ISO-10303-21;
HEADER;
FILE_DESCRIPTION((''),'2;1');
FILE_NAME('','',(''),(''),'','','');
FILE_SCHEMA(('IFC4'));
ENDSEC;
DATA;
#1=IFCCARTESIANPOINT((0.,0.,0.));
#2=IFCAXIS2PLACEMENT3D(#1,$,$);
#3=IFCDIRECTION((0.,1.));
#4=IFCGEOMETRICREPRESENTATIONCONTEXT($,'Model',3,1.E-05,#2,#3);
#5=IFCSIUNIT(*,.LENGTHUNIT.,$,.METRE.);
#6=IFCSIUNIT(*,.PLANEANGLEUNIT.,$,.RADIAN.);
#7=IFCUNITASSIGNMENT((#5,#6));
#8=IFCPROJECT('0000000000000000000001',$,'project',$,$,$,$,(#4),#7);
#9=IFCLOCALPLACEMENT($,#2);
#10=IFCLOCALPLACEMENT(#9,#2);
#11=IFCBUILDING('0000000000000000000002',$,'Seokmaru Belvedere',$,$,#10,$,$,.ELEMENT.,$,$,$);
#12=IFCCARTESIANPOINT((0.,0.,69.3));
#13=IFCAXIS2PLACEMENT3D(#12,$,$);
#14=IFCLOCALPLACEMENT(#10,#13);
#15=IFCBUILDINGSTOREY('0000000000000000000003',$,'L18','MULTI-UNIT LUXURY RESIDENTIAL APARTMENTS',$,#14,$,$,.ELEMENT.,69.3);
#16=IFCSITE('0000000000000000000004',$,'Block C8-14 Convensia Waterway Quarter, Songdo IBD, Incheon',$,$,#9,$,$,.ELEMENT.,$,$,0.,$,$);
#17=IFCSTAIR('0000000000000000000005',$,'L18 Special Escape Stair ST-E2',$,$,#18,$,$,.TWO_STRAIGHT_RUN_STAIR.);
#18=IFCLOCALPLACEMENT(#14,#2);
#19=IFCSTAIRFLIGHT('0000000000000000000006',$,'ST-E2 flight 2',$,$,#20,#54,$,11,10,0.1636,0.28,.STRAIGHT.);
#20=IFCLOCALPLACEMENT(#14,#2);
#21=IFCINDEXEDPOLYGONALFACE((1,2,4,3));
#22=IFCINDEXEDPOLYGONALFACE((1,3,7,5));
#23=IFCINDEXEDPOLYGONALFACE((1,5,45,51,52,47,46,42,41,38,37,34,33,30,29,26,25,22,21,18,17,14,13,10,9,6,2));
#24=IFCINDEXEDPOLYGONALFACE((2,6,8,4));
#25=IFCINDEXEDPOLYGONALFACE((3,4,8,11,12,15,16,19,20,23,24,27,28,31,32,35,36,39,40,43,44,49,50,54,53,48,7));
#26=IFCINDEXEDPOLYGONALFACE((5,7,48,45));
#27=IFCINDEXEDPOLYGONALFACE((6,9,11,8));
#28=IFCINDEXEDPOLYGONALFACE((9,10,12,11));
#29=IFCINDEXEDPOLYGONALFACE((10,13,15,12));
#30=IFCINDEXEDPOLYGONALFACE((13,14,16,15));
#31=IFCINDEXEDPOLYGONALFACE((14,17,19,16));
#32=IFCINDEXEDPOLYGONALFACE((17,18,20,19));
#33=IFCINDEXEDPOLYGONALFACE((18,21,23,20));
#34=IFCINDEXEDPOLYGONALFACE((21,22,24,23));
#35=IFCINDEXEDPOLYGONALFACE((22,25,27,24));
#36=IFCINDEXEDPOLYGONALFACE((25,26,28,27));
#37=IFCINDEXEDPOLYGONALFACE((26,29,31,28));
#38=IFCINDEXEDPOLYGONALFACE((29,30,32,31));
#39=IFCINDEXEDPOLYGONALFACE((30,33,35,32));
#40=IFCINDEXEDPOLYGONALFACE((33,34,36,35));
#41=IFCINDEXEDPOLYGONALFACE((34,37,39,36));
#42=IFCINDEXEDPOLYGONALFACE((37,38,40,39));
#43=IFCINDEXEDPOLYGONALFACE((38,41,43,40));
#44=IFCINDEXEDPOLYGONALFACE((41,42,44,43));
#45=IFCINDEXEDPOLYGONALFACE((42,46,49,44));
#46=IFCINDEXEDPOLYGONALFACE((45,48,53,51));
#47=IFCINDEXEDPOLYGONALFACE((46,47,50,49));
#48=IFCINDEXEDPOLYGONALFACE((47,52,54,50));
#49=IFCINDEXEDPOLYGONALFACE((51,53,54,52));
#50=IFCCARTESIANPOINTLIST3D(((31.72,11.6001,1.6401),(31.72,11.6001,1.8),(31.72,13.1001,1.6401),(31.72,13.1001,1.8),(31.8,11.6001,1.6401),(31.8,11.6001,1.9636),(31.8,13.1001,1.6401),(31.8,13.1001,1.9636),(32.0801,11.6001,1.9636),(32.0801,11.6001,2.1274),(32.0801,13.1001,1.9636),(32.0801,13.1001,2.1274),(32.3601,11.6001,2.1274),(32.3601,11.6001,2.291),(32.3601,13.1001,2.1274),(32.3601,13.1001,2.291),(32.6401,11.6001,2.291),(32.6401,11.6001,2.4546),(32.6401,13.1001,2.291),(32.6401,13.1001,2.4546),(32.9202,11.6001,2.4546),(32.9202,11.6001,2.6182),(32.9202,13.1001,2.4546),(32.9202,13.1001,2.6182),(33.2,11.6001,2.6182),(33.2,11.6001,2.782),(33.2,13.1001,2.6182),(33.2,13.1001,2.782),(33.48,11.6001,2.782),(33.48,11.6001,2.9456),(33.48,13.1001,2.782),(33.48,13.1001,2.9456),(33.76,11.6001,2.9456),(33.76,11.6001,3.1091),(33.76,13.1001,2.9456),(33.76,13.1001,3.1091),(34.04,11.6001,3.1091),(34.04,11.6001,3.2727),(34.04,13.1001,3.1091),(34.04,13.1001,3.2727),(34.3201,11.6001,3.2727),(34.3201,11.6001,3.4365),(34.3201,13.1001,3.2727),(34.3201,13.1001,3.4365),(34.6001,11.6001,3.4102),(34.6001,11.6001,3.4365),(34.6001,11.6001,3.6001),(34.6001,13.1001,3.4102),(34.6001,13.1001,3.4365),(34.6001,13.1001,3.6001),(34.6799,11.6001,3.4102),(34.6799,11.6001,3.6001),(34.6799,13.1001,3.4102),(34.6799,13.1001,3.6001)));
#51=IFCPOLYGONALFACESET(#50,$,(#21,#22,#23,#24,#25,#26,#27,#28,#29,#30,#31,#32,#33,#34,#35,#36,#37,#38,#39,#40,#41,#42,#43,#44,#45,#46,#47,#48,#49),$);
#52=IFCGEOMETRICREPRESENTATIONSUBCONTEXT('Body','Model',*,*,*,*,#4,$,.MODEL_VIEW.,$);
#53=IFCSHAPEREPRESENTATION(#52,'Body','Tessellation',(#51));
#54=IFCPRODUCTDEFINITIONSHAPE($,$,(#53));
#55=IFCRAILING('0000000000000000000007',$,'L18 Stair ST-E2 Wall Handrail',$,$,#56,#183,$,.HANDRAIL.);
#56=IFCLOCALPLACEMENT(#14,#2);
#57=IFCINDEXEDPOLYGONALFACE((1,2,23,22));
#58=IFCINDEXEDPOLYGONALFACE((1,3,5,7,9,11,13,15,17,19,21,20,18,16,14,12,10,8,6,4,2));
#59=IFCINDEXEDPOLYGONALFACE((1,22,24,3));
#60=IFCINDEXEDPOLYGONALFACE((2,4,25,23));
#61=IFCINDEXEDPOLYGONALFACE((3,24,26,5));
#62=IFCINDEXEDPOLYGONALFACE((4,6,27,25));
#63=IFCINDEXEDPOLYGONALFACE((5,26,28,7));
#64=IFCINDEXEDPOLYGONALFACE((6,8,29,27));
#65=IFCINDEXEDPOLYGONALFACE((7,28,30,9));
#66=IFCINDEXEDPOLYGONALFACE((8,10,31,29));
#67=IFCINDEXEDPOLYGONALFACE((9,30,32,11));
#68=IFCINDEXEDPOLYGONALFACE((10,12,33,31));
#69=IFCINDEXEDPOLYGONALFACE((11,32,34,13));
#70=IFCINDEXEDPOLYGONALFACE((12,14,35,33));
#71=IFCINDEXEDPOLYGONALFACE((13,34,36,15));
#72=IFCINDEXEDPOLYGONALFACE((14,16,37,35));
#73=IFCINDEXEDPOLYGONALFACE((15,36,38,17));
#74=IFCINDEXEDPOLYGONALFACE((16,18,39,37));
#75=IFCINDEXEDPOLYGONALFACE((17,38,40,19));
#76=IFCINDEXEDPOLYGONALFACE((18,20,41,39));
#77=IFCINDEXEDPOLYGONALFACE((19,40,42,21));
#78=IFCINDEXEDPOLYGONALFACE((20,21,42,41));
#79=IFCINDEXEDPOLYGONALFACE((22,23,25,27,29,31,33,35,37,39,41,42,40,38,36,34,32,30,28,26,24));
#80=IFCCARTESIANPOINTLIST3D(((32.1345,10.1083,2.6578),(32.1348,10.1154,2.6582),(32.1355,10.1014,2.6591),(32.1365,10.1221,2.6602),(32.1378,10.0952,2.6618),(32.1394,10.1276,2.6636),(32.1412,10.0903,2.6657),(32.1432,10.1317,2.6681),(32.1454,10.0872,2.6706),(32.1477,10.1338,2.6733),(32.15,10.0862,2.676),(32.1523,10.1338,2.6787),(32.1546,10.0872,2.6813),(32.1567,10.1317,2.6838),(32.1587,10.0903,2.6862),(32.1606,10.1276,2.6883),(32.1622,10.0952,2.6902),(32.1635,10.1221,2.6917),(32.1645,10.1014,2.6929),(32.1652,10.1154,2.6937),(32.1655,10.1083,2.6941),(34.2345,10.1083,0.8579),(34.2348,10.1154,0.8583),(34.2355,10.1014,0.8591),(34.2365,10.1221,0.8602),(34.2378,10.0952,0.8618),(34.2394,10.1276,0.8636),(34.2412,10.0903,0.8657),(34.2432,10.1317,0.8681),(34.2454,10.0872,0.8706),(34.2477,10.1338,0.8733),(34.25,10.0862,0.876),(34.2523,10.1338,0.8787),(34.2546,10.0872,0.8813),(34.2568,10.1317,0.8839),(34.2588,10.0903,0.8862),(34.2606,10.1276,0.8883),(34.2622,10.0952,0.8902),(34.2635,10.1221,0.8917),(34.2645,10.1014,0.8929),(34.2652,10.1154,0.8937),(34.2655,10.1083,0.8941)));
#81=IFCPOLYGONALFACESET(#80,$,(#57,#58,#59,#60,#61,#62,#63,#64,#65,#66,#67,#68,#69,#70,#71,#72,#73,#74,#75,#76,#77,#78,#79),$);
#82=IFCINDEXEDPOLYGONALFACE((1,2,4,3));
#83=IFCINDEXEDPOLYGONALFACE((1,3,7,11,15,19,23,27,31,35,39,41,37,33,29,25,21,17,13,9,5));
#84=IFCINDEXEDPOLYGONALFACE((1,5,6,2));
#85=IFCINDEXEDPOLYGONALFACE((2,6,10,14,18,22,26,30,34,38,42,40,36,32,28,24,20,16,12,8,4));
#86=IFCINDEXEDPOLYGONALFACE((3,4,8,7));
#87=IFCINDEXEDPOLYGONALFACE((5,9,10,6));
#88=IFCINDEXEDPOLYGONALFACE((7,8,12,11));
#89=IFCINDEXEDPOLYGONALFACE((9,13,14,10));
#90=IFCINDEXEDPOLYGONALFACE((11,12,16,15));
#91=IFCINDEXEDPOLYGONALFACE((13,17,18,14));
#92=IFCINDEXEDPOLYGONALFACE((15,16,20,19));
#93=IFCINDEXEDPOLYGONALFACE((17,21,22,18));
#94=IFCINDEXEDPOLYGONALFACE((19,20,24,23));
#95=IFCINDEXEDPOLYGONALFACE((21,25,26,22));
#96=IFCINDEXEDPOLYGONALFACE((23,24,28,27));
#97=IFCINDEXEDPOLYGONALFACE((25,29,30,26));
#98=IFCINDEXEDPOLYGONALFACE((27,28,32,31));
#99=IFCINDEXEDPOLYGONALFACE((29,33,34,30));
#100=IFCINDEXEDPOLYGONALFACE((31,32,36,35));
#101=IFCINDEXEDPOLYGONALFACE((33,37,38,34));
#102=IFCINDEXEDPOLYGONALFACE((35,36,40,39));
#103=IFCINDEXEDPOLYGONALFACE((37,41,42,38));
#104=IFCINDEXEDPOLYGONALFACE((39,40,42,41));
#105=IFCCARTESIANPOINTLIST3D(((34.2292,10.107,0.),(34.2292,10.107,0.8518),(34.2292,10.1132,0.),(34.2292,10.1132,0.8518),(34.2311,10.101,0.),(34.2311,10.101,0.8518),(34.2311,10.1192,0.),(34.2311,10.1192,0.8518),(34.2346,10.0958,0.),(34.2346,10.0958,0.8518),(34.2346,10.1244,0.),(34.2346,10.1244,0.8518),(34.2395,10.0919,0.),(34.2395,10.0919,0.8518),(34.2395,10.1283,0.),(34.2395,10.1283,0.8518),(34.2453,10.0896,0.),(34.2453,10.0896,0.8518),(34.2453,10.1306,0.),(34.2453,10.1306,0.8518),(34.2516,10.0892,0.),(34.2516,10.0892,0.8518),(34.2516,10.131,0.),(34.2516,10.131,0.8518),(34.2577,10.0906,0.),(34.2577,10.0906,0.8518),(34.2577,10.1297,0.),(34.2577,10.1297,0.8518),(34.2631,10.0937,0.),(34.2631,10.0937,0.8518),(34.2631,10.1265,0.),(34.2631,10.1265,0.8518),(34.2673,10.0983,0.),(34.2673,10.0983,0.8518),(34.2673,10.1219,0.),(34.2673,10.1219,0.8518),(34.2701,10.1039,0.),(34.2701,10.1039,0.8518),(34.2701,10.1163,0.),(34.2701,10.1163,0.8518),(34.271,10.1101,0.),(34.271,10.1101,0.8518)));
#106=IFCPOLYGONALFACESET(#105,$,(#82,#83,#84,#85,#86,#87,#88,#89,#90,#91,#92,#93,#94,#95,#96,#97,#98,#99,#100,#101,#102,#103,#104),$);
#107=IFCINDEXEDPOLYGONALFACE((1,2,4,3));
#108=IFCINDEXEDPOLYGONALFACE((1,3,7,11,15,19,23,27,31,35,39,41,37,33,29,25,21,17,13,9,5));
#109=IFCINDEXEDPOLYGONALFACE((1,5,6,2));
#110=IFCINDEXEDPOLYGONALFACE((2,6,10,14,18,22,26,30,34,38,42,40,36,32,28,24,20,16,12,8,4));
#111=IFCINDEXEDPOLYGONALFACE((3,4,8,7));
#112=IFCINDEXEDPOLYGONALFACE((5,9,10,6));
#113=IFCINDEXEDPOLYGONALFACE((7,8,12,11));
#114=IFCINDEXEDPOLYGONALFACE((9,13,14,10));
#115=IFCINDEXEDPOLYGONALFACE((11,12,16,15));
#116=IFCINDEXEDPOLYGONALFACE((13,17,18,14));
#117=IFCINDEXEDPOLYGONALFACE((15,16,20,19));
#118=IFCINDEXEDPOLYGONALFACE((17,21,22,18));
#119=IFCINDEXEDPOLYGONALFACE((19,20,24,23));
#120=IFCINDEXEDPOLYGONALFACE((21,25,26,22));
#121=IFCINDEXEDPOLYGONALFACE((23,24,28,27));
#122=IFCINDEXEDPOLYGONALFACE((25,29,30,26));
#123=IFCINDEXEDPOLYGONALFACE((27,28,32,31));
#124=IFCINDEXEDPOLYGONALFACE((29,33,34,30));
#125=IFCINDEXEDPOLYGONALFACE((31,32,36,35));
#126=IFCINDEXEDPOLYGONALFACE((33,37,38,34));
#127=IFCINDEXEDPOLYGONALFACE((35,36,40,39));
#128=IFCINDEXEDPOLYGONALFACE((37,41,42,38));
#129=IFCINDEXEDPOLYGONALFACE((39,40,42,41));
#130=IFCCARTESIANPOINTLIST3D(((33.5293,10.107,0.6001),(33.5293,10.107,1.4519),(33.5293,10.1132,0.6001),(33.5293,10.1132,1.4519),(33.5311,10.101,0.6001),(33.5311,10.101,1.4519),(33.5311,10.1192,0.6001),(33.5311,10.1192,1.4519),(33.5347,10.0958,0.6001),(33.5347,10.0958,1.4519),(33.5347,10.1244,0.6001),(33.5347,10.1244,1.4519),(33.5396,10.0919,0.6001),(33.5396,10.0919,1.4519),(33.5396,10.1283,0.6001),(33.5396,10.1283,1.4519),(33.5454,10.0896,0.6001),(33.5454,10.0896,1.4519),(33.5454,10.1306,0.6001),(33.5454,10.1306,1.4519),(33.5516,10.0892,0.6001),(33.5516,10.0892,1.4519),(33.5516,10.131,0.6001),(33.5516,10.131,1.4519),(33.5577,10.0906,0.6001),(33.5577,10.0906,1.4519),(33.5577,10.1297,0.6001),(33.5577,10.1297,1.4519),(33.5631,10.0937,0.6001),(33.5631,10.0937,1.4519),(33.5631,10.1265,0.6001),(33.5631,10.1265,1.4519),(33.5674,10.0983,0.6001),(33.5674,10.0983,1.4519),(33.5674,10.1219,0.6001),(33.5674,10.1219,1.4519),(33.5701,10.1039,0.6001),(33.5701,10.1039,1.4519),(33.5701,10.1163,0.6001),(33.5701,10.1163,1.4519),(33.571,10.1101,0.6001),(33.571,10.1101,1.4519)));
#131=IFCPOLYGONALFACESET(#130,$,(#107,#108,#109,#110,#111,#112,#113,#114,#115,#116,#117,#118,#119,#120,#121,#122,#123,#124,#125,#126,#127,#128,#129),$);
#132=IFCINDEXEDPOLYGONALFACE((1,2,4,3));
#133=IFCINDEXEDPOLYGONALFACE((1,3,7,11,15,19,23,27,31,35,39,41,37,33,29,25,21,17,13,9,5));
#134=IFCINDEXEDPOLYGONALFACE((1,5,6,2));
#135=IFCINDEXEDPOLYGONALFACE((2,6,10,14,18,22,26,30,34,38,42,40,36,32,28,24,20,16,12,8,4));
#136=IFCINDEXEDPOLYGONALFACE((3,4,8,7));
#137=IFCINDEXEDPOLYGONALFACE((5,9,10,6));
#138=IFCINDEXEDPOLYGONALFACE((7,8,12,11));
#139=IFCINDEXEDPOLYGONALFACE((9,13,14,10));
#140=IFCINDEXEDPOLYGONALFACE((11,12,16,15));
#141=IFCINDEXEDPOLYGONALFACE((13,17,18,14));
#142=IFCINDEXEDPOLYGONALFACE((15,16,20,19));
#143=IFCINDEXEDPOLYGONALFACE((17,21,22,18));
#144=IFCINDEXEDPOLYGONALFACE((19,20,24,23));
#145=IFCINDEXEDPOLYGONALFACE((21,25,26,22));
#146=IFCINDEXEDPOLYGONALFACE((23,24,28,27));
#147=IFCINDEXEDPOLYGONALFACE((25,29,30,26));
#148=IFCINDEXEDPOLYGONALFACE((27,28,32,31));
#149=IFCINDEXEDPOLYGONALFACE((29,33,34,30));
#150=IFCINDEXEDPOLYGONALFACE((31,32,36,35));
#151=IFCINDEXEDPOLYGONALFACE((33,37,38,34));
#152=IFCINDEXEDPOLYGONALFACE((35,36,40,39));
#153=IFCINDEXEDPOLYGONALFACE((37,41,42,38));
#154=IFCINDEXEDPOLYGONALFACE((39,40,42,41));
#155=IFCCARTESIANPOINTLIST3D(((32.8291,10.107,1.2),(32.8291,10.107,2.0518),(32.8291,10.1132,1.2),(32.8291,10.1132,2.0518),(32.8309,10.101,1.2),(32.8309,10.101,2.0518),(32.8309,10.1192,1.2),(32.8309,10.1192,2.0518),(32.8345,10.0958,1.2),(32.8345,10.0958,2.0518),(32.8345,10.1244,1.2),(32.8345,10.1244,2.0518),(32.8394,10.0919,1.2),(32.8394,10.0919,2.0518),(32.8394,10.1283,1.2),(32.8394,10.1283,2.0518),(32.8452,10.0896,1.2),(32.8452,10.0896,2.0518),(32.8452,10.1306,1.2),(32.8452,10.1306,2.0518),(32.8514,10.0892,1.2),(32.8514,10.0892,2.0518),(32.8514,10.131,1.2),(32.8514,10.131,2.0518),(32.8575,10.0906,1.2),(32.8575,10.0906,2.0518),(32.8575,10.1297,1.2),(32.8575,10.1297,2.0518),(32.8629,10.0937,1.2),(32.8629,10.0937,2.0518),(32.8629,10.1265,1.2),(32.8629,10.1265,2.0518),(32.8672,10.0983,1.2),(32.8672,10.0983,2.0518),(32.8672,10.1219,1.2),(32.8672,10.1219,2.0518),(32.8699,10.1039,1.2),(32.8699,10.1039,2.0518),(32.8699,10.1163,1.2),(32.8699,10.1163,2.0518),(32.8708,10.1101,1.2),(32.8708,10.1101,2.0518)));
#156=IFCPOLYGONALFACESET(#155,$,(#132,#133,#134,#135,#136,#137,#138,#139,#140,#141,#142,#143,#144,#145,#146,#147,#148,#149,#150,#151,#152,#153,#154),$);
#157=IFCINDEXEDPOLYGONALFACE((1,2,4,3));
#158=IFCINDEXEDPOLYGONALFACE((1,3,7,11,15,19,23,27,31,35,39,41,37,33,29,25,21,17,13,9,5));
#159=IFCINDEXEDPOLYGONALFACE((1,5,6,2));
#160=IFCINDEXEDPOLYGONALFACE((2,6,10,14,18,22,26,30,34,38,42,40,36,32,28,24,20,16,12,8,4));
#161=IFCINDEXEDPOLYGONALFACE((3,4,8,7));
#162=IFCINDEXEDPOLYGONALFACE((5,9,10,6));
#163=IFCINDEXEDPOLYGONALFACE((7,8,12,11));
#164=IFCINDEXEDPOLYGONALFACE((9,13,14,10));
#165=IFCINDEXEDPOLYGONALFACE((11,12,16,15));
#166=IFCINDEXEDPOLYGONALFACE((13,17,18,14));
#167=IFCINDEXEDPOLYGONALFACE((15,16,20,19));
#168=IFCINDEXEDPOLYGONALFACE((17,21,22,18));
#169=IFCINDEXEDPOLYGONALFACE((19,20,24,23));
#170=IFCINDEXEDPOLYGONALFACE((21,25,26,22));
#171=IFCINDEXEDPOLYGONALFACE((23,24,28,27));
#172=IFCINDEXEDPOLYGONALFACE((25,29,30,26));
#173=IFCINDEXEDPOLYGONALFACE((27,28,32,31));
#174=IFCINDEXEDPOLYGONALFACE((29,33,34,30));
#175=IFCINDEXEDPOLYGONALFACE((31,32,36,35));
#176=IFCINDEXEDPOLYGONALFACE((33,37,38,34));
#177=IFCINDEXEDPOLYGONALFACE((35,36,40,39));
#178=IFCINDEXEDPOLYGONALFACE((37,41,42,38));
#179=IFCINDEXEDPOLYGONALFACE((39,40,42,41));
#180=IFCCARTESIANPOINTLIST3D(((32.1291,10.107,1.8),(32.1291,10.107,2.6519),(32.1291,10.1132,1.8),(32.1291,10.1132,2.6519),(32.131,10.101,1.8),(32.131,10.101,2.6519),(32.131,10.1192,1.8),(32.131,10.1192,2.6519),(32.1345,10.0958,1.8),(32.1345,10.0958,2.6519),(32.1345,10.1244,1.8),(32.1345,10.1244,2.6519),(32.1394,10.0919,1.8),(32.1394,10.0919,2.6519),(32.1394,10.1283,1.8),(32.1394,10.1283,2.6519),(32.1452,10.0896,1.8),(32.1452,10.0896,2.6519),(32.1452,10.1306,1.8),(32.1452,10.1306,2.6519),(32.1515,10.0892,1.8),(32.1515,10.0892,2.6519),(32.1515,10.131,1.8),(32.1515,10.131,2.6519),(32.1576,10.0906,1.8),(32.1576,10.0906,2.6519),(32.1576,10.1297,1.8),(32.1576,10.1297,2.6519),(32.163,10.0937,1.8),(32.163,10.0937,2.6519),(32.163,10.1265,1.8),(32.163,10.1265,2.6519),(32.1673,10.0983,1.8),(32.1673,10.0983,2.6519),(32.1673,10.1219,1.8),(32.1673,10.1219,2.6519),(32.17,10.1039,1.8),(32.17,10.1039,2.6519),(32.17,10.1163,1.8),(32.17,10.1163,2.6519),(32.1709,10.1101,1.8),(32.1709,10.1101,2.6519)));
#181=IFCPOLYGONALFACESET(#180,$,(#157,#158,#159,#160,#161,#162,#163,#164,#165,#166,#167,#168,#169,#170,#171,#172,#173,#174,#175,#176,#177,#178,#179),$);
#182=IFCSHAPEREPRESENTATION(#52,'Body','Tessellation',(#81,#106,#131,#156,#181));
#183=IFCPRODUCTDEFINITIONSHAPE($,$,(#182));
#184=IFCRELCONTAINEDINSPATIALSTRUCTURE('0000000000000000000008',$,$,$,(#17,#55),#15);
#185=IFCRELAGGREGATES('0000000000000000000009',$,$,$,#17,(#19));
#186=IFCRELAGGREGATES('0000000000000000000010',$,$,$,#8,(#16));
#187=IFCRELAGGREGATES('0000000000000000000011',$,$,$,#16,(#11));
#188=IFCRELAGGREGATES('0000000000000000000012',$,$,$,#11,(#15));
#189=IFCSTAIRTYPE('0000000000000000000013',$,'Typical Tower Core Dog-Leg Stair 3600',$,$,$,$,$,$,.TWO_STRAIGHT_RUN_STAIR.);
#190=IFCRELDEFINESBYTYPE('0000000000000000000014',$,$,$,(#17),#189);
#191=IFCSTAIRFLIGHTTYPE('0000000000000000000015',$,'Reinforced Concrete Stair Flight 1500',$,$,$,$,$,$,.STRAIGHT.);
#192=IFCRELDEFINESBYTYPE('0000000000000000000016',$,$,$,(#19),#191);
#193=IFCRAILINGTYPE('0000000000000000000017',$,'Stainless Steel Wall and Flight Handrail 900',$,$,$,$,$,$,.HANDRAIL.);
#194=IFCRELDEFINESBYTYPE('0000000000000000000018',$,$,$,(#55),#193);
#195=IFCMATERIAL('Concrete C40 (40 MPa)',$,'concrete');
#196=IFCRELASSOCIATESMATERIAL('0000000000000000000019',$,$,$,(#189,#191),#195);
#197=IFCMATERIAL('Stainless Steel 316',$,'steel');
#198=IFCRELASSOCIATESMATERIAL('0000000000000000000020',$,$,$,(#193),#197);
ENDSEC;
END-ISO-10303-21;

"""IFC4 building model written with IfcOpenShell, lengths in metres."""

from ifc_helpers import new_model, si_unit, direction, frame, origin, origin_2d, place, context, subcontext, project, spatial, polyline, circle, outline, extrude, material, type_object, element, aggregate, save


model = new_model("IFC4")

# Units and contexts
model_context = context("Model", 3, precision=1e-05, world=origin(), true_north=direction((0.0, 1.0)))
body_context = subcontext(model_context, "Body", "Model", "MODEL_VIEW")
ifc_project = project(units=[si_unit("LENGTHUNIT", "METRE"), si_unit("PLANEANGLEUNIT", "RADIAN")], contexts=[model_context])

# Site, building, storey
site_placement = place(None, origin())
site = spatial("IfcSite", under=ifc_project, at=site_placement, Name="Block C8-14 Convensia Waterway Quarter, Songdo IBD, Incheon", CompositionType="ELEMENT", RefElevation=0.0)
building_placement = place(site_placement, origin())
building = spatial("IfcBuilding", under=site, at=building_placement, Name="Seokmaru Belvedere", CompositionType="ELEMENT")
storey_placement = place(building_placement, frame((0.0, 0.0, 69.3)))
storey = spatial("IfcBuildingStorey", under=building, at=storey_placement, Name="L18", Description="MULTI-UNIT LUXURY RESIDENTIAL APARTMENTS", CompositionType="ELEMENT", Elevation=69.3)

# Stair, stair flight
ifc_material_1 = material(Name="Concrete C40 (40 MPa)", Category="concrete")
stair_type = type_object("IfcStairType", Name="Typical Tower Core Dog-Leg Stair 3600", PredefinedType="TWO_STRAIGHT_RUN_STAIR", material=ifc_material_1)
stair_placement = place(storey_placement, origin())
stair = element("IfcStair", 1, at=stair_placement, inside=storey, type_object=stair_type, Name="L18 Special Escape Stair ST-E2", PredefinedType="TWO_STRAIGHT_RUN_STAIR")
stair_flight_type = type_object("IfcStairFlightType", Name="Reinforced Concrete Stair Flight 1500", PredefinedType="STRAIGHT", material=ifc_material_1)
stair_flight_1_placement = place(storey_placement, frame((31.8, 12.3501, 1.8), z_axis=(0.0, 0.0, 1.0), x_axis=(1.0, 0.0, 0.0)))
stair_flight_1 = element("IfcStairFlight", 2, at=stair_flight_1_placement, type_object=stair_flight_type, Name="ST-E2 flight 2", NumberOfRisers=11, NumberOfTreads=10, PredefinedType="STRAIGHT", RiserHeight=0.1636, TreadLength=0.28, context=body_context, shape_type="SweptSolid", body=[
    extrude(outline(polyline([(-0.0801, 0.0), (0.0, 0.1636), (0.28, 0.1636), (0.28, 0.3274), (0.5601, 0.3274), (0.5601, 0.491), (0.8401, 0.491), (0.8401, 0.6545), (1.1201, 0.6545), (1.1201, 0.8181), (1.3999, 0.8181), (1.3999, 0.9819), (1.6799, 0.9819), (1.6799, 1.1455), (1.96, 1.1455), (1.96, 1.3091), (2.24, 1.3091), (2.24, 1.4727), (2.52, 1.4727), (2.52, 1.6365), (2.8, 1.6365), (2.8, 1.8), (2.8799, 1.8), (2.8799, 1.6101), (2.8, 1.6101), (0.0, -0.1599), (-0.0801, -0.1599), (-0.0801, 0.0)])), frame((0.0, 0.75, 0.0), z_axis=(0.0, -1.0, 0.0), x_axis=(1.0, 0.0, 0.0)), (0.0, 0.0, 1.0), 1.5),
])
aggregate(stair, [stair_flight_1])

# Railing
ifc_material_2 = material(Name="Stainless Steel 316", Category="steel")
railing_type_1 = type_object("IfcRailingType", Name="Stainless Steel Wall and Flight Handrail 900", PredefinedType="HANDRAIL", material=ifc_material_2)
railing_1_placement = place(storey_placement, frame((34.25, 10.1101, 0.0)))
element("IfcRailing", 3, at=railing_1_placement, inside=storey, type_object=railing_type_1, Name="L18 Stair ST-E2 Wall Handrail", PredefinedType="HANDRAIL", context=body_context, shape_type="SweptSolid", body=[
    extrude(circle(Radius=0.0239, at=origin_2d()), frame((0.0, 0.0, 0.876), z_axis=(-0.759263, 0.0, 0.650784), x_axis=(0.0, -1.0, 0.0)), (0.0, 0.0, 1.0), 2.7659),
    extrude(circle(Radius=0.021, at=origin_2d()), origin(), (0.0, 0.0, 1.0), 0.8518),
    extrude(circle(Radius=0.021, at=origin_2d()), frame((-0.7, 0.0, 0.6001)), (0.0, 0.0, 1.0), 0.8518),
    extrude(circle(Radius=0.021, at=origin_2d()), frame((-1.4001, 0.0, 1.2)), (0.0, 0.0, 1.0), 0.8518),
    extrude(circle(Radius=0.021, at=origin_2d()), frame((-2.1001, 0.0, 1.8)), (0.0, 0.0, 1.0), 0.8518),
])

save(model, "model.ifc")
